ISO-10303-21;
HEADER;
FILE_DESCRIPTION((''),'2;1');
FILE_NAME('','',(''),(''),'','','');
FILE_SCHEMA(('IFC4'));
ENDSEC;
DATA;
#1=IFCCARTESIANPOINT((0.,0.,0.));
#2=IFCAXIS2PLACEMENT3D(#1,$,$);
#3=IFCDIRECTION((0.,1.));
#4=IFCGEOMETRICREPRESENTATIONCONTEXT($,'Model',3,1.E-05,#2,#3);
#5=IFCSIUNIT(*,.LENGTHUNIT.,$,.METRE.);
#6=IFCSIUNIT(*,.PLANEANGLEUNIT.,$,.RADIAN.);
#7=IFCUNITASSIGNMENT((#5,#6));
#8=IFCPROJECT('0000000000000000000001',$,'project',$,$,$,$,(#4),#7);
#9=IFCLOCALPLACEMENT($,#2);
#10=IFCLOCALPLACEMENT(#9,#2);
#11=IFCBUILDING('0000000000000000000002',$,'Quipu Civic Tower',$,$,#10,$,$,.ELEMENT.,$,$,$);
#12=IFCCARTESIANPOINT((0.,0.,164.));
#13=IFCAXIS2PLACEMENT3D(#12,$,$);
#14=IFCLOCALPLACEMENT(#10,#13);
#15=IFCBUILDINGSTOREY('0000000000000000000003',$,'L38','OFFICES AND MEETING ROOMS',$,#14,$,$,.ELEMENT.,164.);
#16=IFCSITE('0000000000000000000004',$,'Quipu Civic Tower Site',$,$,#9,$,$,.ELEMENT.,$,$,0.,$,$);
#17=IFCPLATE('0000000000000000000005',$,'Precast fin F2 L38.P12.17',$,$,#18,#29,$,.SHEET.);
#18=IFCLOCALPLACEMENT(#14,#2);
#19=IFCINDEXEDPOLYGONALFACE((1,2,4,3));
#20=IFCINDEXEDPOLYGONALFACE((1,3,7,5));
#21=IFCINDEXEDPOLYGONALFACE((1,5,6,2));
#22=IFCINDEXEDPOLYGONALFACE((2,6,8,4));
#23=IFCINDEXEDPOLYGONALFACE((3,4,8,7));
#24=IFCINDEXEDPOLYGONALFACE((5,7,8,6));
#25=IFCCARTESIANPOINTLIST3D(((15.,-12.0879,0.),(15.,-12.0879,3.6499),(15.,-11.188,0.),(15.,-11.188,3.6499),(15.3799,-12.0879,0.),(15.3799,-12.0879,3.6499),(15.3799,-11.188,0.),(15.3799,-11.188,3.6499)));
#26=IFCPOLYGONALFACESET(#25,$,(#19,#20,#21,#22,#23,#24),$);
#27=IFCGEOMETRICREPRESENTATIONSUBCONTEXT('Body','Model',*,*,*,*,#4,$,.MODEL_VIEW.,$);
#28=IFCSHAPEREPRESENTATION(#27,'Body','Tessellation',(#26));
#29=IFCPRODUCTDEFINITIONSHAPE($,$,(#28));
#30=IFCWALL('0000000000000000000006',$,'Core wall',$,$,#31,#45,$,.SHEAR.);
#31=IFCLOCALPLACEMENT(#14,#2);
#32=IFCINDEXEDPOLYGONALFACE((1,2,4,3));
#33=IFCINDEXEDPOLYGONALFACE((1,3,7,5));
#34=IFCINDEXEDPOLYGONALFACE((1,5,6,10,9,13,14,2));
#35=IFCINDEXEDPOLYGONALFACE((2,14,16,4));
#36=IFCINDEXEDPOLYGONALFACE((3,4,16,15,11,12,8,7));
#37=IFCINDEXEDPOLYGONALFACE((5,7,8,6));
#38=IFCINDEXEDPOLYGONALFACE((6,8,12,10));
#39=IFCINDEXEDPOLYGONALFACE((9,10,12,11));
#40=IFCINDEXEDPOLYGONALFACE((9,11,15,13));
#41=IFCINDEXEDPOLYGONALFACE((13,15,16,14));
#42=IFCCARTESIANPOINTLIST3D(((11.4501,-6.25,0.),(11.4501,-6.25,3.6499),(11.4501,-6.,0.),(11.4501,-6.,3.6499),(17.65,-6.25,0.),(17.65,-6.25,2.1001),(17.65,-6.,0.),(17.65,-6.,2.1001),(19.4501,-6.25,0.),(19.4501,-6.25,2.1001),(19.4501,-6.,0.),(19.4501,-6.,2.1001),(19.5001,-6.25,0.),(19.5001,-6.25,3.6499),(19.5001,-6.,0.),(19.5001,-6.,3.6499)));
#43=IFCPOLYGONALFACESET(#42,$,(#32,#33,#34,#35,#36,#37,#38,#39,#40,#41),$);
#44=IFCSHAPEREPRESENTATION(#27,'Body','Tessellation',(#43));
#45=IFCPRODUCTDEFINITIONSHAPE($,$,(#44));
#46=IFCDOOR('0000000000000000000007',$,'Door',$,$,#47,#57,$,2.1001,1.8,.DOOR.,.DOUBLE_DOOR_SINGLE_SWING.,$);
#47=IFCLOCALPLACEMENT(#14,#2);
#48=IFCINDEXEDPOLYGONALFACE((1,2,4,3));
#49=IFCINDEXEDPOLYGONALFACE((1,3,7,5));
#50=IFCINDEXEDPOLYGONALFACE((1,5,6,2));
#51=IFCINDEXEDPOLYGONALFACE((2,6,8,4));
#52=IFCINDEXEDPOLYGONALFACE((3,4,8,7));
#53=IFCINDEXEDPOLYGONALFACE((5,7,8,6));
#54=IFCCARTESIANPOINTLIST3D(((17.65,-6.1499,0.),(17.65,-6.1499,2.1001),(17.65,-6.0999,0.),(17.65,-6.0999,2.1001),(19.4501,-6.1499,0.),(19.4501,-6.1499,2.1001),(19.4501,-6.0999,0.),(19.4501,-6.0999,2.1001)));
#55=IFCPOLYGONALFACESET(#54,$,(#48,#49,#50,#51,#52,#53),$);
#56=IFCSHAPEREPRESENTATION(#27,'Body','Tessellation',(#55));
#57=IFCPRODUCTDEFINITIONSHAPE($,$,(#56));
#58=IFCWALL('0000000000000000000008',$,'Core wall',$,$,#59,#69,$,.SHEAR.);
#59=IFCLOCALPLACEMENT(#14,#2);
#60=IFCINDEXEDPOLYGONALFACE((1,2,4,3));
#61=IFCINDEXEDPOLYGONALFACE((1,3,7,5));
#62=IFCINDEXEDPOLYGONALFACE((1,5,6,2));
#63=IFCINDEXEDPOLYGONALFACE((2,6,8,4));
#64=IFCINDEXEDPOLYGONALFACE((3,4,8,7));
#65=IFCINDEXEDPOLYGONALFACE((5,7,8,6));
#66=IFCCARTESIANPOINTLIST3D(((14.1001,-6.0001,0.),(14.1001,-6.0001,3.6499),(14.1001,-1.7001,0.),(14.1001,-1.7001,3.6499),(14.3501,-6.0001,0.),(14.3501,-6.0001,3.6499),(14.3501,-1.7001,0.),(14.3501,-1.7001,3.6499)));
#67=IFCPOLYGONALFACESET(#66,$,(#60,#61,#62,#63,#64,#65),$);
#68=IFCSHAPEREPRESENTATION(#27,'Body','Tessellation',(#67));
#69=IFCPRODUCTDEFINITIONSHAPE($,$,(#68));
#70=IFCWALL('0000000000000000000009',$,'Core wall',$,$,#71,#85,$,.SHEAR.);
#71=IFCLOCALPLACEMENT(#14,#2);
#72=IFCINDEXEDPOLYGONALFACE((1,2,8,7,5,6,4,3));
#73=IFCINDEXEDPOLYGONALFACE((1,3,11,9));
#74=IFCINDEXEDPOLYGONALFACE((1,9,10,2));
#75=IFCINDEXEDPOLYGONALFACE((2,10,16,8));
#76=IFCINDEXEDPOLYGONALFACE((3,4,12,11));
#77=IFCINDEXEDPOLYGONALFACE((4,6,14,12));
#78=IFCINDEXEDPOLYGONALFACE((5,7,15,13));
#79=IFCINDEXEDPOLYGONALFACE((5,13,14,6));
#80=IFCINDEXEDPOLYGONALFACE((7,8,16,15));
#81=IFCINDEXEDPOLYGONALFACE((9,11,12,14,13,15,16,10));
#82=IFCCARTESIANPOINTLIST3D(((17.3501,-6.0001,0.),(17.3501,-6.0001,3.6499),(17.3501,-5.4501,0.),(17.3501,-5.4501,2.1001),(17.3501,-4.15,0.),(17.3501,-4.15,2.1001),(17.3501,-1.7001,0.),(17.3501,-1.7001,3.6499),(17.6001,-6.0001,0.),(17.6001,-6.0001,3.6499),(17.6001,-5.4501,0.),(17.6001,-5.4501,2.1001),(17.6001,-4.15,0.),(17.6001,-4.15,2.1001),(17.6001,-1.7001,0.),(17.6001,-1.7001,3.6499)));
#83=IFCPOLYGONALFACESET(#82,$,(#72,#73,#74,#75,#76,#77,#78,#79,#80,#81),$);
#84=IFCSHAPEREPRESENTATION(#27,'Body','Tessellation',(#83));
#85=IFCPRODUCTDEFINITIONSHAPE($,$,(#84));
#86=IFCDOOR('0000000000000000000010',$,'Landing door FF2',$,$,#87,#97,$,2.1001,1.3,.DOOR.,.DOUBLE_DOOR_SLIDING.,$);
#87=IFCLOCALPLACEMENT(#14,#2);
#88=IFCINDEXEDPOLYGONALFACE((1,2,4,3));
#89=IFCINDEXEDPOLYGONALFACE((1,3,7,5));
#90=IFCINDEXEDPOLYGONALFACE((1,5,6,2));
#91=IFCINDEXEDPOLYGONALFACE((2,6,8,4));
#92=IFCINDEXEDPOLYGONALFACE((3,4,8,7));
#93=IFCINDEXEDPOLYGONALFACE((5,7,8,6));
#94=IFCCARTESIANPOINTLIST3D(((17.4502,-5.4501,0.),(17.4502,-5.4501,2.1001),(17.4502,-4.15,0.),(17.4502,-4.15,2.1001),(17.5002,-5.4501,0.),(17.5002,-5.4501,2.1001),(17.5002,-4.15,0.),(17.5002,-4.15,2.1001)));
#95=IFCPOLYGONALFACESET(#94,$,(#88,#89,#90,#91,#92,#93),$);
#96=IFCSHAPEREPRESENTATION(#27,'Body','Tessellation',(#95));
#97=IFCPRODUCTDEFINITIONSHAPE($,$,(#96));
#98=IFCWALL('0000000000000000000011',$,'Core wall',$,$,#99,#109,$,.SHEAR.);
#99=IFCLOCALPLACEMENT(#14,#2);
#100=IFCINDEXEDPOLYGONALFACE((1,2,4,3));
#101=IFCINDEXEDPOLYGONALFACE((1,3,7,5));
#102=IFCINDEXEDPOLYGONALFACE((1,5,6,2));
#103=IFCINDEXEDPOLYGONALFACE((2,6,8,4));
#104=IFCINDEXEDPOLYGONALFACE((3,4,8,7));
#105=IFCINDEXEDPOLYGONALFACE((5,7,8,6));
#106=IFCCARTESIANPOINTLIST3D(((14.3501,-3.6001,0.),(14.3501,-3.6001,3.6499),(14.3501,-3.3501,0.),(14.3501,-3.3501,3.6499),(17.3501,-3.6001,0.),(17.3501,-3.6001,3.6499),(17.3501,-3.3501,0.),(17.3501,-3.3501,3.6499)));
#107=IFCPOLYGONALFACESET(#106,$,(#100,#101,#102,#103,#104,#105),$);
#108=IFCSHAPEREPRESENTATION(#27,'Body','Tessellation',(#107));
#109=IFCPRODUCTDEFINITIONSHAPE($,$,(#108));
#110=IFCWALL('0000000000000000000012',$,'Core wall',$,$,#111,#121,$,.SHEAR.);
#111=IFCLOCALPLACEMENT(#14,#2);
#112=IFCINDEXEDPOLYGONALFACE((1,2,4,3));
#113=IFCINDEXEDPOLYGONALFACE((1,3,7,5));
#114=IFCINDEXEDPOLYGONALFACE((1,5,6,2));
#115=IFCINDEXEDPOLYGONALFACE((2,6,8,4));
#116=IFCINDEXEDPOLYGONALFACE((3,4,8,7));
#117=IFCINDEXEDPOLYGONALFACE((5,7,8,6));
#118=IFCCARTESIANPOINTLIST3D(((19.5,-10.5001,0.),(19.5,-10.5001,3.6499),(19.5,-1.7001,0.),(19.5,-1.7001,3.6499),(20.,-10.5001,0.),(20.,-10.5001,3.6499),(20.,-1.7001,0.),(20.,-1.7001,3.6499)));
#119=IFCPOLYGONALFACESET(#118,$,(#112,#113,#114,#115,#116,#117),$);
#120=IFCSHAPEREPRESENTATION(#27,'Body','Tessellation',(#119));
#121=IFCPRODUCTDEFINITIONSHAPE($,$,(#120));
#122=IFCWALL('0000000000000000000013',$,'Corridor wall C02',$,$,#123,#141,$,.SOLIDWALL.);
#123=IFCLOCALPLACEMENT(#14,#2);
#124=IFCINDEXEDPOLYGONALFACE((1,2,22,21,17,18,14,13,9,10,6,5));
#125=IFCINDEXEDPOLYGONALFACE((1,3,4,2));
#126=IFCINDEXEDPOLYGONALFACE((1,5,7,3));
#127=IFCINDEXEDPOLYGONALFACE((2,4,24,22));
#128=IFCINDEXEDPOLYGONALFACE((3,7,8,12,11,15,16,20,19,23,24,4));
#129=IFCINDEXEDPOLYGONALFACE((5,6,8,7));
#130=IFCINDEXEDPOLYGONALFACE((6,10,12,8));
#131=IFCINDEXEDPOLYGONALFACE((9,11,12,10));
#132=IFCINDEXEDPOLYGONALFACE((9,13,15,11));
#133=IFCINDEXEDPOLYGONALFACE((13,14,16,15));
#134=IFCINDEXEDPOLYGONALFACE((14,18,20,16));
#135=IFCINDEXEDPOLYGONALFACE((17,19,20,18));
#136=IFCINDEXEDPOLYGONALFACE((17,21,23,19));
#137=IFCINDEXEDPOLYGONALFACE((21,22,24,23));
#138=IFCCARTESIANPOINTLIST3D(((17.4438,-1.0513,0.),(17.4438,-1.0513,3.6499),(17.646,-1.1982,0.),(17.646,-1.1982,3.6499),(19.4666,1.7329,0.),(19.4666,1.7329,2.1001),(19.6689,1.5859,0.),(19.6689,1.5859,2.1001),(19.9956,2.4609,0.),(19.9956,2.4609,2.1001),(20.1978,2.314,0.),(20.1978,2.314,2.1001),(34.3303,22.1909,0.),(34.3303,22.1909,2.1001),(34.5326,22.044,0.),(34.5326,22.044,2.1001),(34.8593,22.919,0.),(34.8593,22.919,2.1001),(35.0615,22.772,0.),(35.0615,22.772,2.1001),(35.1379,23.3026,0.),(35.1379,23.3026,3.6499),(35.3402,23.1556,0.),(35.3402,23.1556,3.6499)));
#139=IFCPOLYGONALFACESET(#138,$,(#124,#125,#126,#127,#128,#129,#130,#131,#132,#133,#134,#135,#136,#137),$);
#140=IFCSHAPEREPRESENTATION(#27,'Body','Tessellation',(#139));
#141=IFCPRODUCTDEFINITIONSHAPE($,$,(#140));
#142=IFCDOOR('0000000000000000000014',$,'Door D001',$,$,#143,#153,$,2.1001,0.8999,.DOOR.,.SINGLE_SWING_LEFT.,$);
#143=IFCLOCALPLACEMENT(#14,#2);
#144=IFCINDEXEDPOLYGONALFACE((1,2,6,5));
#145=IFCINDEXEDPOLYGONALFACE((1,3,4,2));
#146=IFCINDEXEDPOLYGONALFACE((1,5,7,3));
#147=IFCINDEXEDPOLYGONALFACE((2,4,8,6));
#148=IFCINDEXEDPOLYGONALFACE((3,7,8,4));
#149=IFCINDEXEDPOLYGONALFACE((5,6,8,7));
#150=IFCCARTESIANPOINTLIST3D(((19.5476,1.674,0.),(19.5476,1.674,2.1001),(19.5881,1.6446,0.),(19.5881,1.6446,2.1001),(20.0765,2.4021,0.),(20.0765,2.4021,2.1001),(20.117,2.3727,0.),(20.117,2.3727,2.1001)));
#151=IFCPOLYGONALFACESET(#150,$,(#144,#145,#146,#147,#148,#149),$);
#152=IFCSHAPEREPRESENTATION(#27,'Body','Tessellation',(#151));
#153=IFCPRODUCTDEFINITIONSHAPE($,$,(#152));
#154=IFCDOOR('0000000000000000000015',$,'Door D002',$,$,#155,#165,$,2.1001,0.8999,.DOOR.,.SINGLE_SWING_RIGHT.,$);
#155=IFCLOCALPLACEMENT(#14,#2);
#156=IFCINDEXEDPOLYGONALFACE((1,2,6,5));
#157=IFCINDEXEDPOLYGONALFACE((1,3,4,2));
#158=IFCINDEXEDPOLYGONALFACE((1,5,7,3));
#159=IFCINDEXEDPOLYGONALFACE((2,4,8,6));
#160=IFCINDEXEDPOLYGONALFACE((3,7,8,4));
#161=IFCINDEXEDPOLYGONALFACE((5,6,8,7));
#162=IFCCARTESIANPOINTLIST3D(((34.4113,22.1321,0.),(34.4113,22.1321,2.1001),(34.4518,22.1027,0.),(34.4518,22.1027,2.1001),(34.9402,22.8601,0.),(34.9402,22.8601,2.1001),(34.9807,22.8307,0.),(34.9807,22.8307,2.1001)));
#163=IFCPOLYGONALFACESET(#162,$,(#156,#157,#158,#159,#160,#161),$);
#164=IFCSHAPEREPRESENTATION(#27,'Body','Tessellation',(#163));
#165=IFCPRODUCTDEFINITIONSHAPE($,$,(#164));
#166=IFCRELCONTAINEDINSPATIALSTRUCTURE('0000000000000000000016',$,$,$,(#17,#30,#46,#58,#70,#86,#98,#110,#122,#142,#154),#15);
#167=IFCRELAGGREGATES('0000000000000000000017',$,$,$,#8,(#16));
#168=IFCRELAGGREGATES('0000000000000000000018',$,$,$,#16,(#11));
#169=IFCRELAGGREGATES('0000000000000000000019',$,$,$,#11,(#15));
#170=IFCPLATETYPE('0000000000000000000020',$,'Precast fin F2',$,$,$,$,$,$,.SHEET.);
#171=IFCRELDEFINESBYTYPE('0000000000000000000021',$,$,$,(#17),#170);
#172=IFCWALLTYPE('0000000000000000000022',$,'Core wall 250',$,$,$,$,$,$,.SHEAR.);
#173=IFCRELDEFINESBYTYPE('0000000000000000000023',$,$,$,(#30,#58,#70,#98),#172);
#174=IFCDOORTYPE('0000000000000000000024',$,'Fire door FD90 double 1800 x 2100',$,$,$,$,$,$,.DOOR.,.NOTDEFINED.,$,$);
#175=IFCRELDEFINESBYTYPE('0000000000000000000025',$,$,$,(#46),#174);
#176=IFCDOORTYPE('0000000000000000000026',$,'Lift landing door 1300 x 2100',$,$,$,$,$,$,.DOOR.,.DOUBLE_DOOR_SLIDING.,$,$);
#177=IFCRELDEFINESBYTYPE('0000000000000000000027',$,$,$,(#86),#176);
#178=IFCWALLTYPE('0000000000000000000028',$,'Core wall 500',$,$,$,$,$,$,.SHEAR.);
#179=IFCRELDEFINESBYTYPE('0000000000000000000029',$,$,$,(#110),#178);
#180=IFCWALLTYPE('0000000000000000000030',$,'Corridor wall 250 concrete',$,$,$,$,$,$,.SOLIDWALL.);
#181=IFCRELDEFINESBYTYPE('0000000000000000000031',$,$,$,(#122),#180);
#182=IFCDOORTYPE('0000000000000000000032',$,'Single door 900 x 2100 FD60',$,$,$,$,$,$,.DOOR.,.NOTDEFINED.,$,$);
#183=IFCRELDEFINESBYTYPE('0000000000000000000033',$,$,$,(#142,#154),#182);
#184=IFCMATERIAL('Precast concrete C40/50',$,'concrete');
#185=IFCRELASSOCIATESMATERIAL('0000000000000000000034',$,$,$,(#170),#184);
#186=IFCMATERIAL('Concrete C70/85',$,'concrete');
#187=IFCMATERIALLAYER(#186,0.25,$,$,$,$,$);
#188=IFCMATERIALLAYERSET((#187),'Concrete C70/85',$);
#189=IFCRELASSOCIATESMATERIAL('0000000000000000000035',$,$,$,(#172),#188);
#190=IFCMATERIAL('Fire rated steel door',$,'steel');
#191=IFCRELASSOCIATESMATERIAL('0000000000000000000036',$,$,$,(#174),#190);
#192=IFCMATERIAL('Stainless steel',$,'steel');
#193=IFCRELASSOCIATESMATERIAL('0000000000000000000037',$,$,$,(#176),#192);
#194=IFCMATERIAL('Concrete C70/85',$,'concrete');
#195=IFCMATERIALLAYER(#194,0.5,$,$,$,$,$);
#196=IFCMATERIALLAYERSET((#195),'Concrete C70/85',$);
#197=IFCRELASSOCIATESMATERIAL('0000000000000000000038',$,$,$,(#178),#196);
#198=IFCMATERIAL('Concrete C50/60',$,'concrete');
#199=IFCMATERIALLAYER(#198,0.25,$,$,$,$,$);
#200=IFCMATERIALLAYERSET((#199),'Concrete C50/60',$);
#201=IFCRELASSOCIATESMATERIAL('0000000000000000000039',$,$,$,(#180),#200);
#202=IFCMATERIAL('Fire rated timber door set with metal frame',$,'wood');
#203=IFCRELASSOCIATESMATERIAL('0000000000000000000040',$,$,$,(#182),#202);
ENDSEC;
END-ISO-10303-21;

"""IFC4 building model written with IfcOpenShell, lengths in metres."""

from ifc_helpers import new_model, si_unit, direction, frame, frame_2d, origin, origin_2d, place, context, subcontext, project, spatial, rectangle, extrude, material, layer, layer_set, type_object, element, fill, save


model = new_model("IFC4")

# Units and contexts
model_context = context("Model", 3, precision=1e-05, world=origin(), true_north=direction((0.0, 1.0)))
body_context = subcontext(model_context, "Body", "Model", "MODEL_VIEW")
ifc_project = project(units=[si_unit("LENGTHUNIT", "METRE"), si_unit("PLANEANGLEUNIT", "RADIAN")], contexts=[model_context])

# Site, building, storey
site_placement = place(None, origin())
site = spatial("IfcSite", under=ifc_project, at=site_placement, Name="Quipu Civic Tower Site", CompositionType="ELEMENT", RefElevation=0.0)
building_placement = place(site_placement, origin())
building = spatial("IfcBuilding", under=site, at=building_placement, Name="Quipu Civic Tower", CompositionType="ELEMENT")
storey_placement = place(building_placement, frame((0.0, 0.0, 164.0)))
storey = spatial("IfcBuildingStorey", under=building, at=storey_placement, Name="L38", Description="OFFICES AND MEETING ROOMS", CompositionType="ELEMENT", Elevation=164.0)

# Plate
ifc_material_1 = material(Name="Precast concrete C40/50", Category="concrete")
plate_type = type_object("IfcPlateType", Name="Precast fin F2", PredefinedType="SHEET", material=ifc_material_1)
plate_placement = place(storey_placement, frame((15.1899, -11.6379, 0.0), z_axis=(0.0, 0.0, 1.0), x_axis=(1.0, 0.0, 0.0)))
element("IfcPlate", 1, at=plate_placement, inside=storey, type_object=plate_type, Name="Precast fin F2 L38.P12.17", PredefinedType="SHEET", context=body_context, shape_type="SweptSolid", body=[
    extrude(rectangle(XDim=0.3799, YDim=0.8999, at=origin_2d()), origin(), (0.0, 0.0, 1.0), 3.6499),
])

# Wall, opening, door
ifc_material_2 = material(Name="Concrete C70/85", Category="concrete")
ifc_layer_1 = layer(ifc_material_2, 0.25)
ifc_layer_set_1 = layer_set([ifc_layer_1], Name="Concrete C70/85")
wall_type_1 = type_object("IfcWallType", Name="Core wall 250", PredefinedType="SHEAR", material=ifc_layer_set_1)
wall_1_placement = place(storey_placement, frame((19.5, -6.125, 0.0), z_axis=(0.0, 0.0, 1.0), x_axis=(-1.0, 0.0, 0.0)))
wall_1 = element("IfcWall", 2, at=wall_1_placement, inside=storey, type_object=wall_type_1, Name="Core wall", PredefinedType="SHEAR", context=body_context, shape_type="SweptSolid", body=[
    extrude(rectangle(XDim=8.05, YDim=0.25, at=frame_2d((4.0249, 0.0))), origin(), (0.0, 0.0, 1.0), 3.6499),
])
opening_1_placement = place(wall_1_placement, frame((0.05, 0.0, 0.0)))
opening_1 = element("IfcOpeningElement", 3, at=opening_1_placement, cuts=wall_1, PredefinedType="OPENING", context=body_context, shape_type="SweptSolid", body=[
    extrude(rectangle(XDim=1.8, YDim=2.1001, at=frame_2d((0.8999, 1.05))), frame((0.0, 0.135, 0.0), z_axis=(0.0, -1.0, 0.0), x_axis=(1.0, 0.0, 0.0)), (0.0, 0.0, 1.0), 0.27),
])
ifc_material_3 = material(Name="Fire rated steel door", Category="steel")
door_type_1 = type_object("IfcDoorType", Name="Fire door FD90 double 1800 x 2100", OperationType="NOTDEFINED", PredefinedType="DOOR", material=ifc_material_3)
door_1_placement = place(opening_1_placement, origin())
door_1 = element("IfcDoor", 4, at=door_1_placement, inside=storey, type_object=door_type_1, Name="Door", OperationType="DOUBLE_DOOR_SINGLE_SWING", OverallHeight=2.1001, OverallWidth=1.8, PredefinedType="DOOR", context=body_context, shape_type="SweptSolid", body=[
    extrude(rectangle(XDim=1.8, YDim=2.1001, at=frame_2d((0.8999, 1.05))), frame((0.0, 0.0249, 0.0), z_axis=(0.0, -1.0, 0.0), x_axis=(1.0, 0.0, 0.0)), (0.0, 0.0, 1.0), 0.05),
])
fill(opening_1, door_1)

# Wall
wall_2_placement = place(storey_placement, frame((14.2251, -6.0, 0.0), z_axis=(0.0, 0.0, 1.0), x_axis=(0.0, 1.0, 0.0)))
element("IfcWall", 5, at=wall_2_placement, inside=storey, type_object=wall_type_1, Name="Core wall", PredefinedType="SHEAR", context=body_context, shape_type="SweptSolid", body=[
    extrude(rectangle(XDim=4.3, YDim=0.25, at=frame_2d((2.1499, 0.0))), origin(), (0.0, 0.0, 1.0), 3.6499),
])

# Wall, opening, door
wall_3_placement = place(storey_placement, frame((17.4751, -6.0, 0.0), z_axis=(0.0, 0.0, 1.0), x_axis=(0.0, 1.0, 0.0)))
wall_3 = element("IfcWall", 6, at=wall_3_placement, inside=storey, type_object=wall_type_1, Name="Core wall", PredefinedType="SHEAR", context=body_context, shape_type="SweptSolid", body=[
    extrude(rectangle(XDim=4.3, YDim=0.25, at=frame_2d((2.1499, 0.0))), origin(), (0.0, 0.0, 1.0), 3.6499),
])
opening_2_placement = place(wall_3_placement, frame((0.55, 0.0, 0.0)))
opening_2 = element("IfcOpeningElement", 7, at=opening_2_placement, cuts=wall_3, PredefinedType="OPENING", context=body_context, shape_type="SweptSolid", body=[
    extrude(rectangle(XDim=1.3, YDim=2.1001, at=frame_2d((0.6499, 1.05))), frame((0.0, 0.135, 0.0), z_axis=(0.0, -1.0, 0.0), x_axis=(1.0, 0.0, 0.0)), (0.0, 0.0, 1.0), 0.27),
])
ifc_material_4 = material(Name="Stainless steel", Category="steel")
door_type_2 = type_object("IfcDoorType", Name="Lift landing door 1300 x 2100", OperationType="DOUBLE_DOOR_SLIDING", PredefinedType="DOOR", material=ifc_material_4)
door_2_placement = place(opening_2_placement, origin())
door_2 = element("IfcDoor", 8, at=door_2_placement, inside=storey, type_object=door_type_2, Name="Landing door FF2", OperationType="DOUBLE_DOOR_SLIDING", OverallHeight=2.1001, OverallWidth=1.3, PredefinedType="DOOR", context=body_context, shape_type="SweptSolid", body=[
    extrude(rectangle(XDim=1.3, YDim=2.1001, at=frame_2d((0.6499, 1.05))), frame((0.0, 0.0249, 0.0), z_axis=(0.0, -1.0, 0.0), x_axis=(1.0, 0.0, 0.0)), (0.0, 0.0, 1.0), 0.05),
])
fill(opening_2, door_2)

# Walls
wall_4_placement = place(storey_placement, frame((14.3501, -3.4751, 0.0), z_axis=(0.0, 0.0, 1.0), x_axis=(1.0, 0.0, 0.0)))
element("IfcWall", 9, at=wall_4_placement, inside=storey, type_object=wall_type_1, Name="Core wall", PredefinedType="SHEAR", context=body_context, shape_type="SweptSolid", body=[
    extrude(rectangle(XDim=3.0, YDim=0.25, at=frame_2d((1.5, 0.0))), origin(), (0.0, 0.0, 1.0), 3.6499),
])
ifc_material_5 = material(Name="Concrete C70/85", Category="concrete")
ifc_layer_2 = layer(ifc_material_5, 0.5)
ifc_layer_set_2 = layer_set([ifc_layer_2], Name="Concrete C70/85")
wall_type_2 = type_object("IfcWallType", Name="Core wall 500", PredefinedType="SHEAR", material=ifc_layer_set_2)
wall_5_placement = place(storey_placement, frame((19.75, -10.5, 0.0), z_axis=(0.0, 0.0, 1.0), x_axis=(0.0, 1.0, 0.0)))
element("IfcWall", 10, at=wall_5_placement, inside=storey, type_object=wall_type_2, Name="Core wall", PredefinedType="SHEAR", context=body_context, shape_type="SweptSolid", body=[
    extrude(rectangle(XDim=8.8, YDim=0.5, at=frame_2d((4.3999, 0.0))), origin(), (0.0, 0.0, 1.0), 3.6499),
])

# Wall, openings, doors
ifc_material_6 = material(Name="Concrete C50/60", Category="concrete")
ifc_layer_3 = layer(ifc_material_6, 0.25)
ifc_layer_set_3 = layer_set([ifc_layer_3], Name="Concrete C50/60")
wall_type_3 = type_object("IfcWallType", Name="Corridor wall 250 concrete", PredefinedType="SOLIDWALL", material=ifc_layer_set_3)
wall_6_placement = place(storey_placement, frame((17.5449, -1.1248, 0.0), z_axis=(0.0, 0.0, 1.0), x_axis=(0.587786, 0.809016, 0.0)))
wall_6 = element("IfcWall", 11, at=wall_6_placement, inside=storey, type_object=wall_type_3, Name="Corridor wall C02", PredefinedType="SOLIDWALL", context=body_context, shape_type="SweptSolid", body=[
    extrude(rectangle(XDim=30.103, YDim=0.25, at=frame_2d((15.0515, 0.0))), origin(), (0.0, 0.0, 1.0), 3.6499),
])
opening_3_placement = place(wall_6_placement, frame((3.4414, 0.0, 0.0)))
opening_3 = element("IfcOpeningElement", 12, at=opening_3_placement, cuts=wall_6, PredefinedType="OPENING", context=body_context, shape_type="SweptSolid", body=[
    extrude(rectangle(XDim=0.8999, YDim=2.1001, at=frame_2d((0.45, 1.05))), frame((0.0, 0.135, 0.0), z_axis=(0.0, -1.0, 0.0), x_axis=(1.0, 0.0, 0.0)), (0.0, 0.0, 1.0), 0.27),
])
opening_4_placement = place(wall_6_placement, frame((28.729, 0.0, 0.0)))
opening_4 = element("IfcOpeningElement", 13, at=opening_4_placement, cuts=wall_6, PredefinedType="OPENING", context=body_context, shape_type="SweptSolid", body=[
    extrude(rectangle(XDim=0.8999, YDim=2.1001, at=frame_2d((0.45, 1.05))), frame((0.0, 0.135, 0.0), z_axis=(0.0, -1.0, 0.0), x_axis=(1.0, 0.0, 0.0)), (0.0, 0.0, 1.0), 0.27),
])
ifc_material_7 = material(Name="Fire rated timber door set with metal frame", Category="wood")
door_type_3 = type_object("IfcDoorType", Name="Single door 900 x 2100 FD60", OperationType="NOTDEFINED", PredefinedType="DOOR", material=ifc_material_7)
door_3_placement = place(opening_3_placement, origin())
door_3 = element("IfcDoor", 14, at=door_3_placement, inside=storey, type_object=door_type_3, Name="Door D001", OperationType="SINGLE_SWING_LEFT", OverallHeight=2.1001, OverallWidth=0.8999, PredefinedType="DOOR", context=body_context, shape_type="SweptSolid", body=[
    extrude(rectangle(XDim=0.8999, YDim=2.1001, at=frame_2d((0.45, 1.05))), frame((0.0, 0.0249, 0.0), z_axis=(0.0, -1.0, 0.0), x_axis=(1.0, 0.0, 0.0)), (0.0, 0.0, 1.0), 0.05),
])
fill(opening_3, door_3)
door_4_placement = place(opening_4_placement, origin())
door_4 = element("IfcDoor", 15, at=door_4_placement, inside=storey, type_object=door_type_3, Name="Door D002", OperationType="SINGLE_SWING_RIGHT", OverallHeight=2.1001, OverallWidth=0.8999, PredefinedType="DOOR", context=body_context, shape_type="SweptSolid", body=[
    extrude(rectangle(XDim=0.8999, YDim=2.1001, at=frame_2d((0.45, 1.05))), frame((0.0, 0.0249, 0.0), z_axis=(0.0, -1.0, 0.0), x_axis=(1.0, 0.0, 0.0)), (0.0, 0.0, 1.0), 0.05),
])
fill(opening_4, door_4)

save(model, "model.ifc")
